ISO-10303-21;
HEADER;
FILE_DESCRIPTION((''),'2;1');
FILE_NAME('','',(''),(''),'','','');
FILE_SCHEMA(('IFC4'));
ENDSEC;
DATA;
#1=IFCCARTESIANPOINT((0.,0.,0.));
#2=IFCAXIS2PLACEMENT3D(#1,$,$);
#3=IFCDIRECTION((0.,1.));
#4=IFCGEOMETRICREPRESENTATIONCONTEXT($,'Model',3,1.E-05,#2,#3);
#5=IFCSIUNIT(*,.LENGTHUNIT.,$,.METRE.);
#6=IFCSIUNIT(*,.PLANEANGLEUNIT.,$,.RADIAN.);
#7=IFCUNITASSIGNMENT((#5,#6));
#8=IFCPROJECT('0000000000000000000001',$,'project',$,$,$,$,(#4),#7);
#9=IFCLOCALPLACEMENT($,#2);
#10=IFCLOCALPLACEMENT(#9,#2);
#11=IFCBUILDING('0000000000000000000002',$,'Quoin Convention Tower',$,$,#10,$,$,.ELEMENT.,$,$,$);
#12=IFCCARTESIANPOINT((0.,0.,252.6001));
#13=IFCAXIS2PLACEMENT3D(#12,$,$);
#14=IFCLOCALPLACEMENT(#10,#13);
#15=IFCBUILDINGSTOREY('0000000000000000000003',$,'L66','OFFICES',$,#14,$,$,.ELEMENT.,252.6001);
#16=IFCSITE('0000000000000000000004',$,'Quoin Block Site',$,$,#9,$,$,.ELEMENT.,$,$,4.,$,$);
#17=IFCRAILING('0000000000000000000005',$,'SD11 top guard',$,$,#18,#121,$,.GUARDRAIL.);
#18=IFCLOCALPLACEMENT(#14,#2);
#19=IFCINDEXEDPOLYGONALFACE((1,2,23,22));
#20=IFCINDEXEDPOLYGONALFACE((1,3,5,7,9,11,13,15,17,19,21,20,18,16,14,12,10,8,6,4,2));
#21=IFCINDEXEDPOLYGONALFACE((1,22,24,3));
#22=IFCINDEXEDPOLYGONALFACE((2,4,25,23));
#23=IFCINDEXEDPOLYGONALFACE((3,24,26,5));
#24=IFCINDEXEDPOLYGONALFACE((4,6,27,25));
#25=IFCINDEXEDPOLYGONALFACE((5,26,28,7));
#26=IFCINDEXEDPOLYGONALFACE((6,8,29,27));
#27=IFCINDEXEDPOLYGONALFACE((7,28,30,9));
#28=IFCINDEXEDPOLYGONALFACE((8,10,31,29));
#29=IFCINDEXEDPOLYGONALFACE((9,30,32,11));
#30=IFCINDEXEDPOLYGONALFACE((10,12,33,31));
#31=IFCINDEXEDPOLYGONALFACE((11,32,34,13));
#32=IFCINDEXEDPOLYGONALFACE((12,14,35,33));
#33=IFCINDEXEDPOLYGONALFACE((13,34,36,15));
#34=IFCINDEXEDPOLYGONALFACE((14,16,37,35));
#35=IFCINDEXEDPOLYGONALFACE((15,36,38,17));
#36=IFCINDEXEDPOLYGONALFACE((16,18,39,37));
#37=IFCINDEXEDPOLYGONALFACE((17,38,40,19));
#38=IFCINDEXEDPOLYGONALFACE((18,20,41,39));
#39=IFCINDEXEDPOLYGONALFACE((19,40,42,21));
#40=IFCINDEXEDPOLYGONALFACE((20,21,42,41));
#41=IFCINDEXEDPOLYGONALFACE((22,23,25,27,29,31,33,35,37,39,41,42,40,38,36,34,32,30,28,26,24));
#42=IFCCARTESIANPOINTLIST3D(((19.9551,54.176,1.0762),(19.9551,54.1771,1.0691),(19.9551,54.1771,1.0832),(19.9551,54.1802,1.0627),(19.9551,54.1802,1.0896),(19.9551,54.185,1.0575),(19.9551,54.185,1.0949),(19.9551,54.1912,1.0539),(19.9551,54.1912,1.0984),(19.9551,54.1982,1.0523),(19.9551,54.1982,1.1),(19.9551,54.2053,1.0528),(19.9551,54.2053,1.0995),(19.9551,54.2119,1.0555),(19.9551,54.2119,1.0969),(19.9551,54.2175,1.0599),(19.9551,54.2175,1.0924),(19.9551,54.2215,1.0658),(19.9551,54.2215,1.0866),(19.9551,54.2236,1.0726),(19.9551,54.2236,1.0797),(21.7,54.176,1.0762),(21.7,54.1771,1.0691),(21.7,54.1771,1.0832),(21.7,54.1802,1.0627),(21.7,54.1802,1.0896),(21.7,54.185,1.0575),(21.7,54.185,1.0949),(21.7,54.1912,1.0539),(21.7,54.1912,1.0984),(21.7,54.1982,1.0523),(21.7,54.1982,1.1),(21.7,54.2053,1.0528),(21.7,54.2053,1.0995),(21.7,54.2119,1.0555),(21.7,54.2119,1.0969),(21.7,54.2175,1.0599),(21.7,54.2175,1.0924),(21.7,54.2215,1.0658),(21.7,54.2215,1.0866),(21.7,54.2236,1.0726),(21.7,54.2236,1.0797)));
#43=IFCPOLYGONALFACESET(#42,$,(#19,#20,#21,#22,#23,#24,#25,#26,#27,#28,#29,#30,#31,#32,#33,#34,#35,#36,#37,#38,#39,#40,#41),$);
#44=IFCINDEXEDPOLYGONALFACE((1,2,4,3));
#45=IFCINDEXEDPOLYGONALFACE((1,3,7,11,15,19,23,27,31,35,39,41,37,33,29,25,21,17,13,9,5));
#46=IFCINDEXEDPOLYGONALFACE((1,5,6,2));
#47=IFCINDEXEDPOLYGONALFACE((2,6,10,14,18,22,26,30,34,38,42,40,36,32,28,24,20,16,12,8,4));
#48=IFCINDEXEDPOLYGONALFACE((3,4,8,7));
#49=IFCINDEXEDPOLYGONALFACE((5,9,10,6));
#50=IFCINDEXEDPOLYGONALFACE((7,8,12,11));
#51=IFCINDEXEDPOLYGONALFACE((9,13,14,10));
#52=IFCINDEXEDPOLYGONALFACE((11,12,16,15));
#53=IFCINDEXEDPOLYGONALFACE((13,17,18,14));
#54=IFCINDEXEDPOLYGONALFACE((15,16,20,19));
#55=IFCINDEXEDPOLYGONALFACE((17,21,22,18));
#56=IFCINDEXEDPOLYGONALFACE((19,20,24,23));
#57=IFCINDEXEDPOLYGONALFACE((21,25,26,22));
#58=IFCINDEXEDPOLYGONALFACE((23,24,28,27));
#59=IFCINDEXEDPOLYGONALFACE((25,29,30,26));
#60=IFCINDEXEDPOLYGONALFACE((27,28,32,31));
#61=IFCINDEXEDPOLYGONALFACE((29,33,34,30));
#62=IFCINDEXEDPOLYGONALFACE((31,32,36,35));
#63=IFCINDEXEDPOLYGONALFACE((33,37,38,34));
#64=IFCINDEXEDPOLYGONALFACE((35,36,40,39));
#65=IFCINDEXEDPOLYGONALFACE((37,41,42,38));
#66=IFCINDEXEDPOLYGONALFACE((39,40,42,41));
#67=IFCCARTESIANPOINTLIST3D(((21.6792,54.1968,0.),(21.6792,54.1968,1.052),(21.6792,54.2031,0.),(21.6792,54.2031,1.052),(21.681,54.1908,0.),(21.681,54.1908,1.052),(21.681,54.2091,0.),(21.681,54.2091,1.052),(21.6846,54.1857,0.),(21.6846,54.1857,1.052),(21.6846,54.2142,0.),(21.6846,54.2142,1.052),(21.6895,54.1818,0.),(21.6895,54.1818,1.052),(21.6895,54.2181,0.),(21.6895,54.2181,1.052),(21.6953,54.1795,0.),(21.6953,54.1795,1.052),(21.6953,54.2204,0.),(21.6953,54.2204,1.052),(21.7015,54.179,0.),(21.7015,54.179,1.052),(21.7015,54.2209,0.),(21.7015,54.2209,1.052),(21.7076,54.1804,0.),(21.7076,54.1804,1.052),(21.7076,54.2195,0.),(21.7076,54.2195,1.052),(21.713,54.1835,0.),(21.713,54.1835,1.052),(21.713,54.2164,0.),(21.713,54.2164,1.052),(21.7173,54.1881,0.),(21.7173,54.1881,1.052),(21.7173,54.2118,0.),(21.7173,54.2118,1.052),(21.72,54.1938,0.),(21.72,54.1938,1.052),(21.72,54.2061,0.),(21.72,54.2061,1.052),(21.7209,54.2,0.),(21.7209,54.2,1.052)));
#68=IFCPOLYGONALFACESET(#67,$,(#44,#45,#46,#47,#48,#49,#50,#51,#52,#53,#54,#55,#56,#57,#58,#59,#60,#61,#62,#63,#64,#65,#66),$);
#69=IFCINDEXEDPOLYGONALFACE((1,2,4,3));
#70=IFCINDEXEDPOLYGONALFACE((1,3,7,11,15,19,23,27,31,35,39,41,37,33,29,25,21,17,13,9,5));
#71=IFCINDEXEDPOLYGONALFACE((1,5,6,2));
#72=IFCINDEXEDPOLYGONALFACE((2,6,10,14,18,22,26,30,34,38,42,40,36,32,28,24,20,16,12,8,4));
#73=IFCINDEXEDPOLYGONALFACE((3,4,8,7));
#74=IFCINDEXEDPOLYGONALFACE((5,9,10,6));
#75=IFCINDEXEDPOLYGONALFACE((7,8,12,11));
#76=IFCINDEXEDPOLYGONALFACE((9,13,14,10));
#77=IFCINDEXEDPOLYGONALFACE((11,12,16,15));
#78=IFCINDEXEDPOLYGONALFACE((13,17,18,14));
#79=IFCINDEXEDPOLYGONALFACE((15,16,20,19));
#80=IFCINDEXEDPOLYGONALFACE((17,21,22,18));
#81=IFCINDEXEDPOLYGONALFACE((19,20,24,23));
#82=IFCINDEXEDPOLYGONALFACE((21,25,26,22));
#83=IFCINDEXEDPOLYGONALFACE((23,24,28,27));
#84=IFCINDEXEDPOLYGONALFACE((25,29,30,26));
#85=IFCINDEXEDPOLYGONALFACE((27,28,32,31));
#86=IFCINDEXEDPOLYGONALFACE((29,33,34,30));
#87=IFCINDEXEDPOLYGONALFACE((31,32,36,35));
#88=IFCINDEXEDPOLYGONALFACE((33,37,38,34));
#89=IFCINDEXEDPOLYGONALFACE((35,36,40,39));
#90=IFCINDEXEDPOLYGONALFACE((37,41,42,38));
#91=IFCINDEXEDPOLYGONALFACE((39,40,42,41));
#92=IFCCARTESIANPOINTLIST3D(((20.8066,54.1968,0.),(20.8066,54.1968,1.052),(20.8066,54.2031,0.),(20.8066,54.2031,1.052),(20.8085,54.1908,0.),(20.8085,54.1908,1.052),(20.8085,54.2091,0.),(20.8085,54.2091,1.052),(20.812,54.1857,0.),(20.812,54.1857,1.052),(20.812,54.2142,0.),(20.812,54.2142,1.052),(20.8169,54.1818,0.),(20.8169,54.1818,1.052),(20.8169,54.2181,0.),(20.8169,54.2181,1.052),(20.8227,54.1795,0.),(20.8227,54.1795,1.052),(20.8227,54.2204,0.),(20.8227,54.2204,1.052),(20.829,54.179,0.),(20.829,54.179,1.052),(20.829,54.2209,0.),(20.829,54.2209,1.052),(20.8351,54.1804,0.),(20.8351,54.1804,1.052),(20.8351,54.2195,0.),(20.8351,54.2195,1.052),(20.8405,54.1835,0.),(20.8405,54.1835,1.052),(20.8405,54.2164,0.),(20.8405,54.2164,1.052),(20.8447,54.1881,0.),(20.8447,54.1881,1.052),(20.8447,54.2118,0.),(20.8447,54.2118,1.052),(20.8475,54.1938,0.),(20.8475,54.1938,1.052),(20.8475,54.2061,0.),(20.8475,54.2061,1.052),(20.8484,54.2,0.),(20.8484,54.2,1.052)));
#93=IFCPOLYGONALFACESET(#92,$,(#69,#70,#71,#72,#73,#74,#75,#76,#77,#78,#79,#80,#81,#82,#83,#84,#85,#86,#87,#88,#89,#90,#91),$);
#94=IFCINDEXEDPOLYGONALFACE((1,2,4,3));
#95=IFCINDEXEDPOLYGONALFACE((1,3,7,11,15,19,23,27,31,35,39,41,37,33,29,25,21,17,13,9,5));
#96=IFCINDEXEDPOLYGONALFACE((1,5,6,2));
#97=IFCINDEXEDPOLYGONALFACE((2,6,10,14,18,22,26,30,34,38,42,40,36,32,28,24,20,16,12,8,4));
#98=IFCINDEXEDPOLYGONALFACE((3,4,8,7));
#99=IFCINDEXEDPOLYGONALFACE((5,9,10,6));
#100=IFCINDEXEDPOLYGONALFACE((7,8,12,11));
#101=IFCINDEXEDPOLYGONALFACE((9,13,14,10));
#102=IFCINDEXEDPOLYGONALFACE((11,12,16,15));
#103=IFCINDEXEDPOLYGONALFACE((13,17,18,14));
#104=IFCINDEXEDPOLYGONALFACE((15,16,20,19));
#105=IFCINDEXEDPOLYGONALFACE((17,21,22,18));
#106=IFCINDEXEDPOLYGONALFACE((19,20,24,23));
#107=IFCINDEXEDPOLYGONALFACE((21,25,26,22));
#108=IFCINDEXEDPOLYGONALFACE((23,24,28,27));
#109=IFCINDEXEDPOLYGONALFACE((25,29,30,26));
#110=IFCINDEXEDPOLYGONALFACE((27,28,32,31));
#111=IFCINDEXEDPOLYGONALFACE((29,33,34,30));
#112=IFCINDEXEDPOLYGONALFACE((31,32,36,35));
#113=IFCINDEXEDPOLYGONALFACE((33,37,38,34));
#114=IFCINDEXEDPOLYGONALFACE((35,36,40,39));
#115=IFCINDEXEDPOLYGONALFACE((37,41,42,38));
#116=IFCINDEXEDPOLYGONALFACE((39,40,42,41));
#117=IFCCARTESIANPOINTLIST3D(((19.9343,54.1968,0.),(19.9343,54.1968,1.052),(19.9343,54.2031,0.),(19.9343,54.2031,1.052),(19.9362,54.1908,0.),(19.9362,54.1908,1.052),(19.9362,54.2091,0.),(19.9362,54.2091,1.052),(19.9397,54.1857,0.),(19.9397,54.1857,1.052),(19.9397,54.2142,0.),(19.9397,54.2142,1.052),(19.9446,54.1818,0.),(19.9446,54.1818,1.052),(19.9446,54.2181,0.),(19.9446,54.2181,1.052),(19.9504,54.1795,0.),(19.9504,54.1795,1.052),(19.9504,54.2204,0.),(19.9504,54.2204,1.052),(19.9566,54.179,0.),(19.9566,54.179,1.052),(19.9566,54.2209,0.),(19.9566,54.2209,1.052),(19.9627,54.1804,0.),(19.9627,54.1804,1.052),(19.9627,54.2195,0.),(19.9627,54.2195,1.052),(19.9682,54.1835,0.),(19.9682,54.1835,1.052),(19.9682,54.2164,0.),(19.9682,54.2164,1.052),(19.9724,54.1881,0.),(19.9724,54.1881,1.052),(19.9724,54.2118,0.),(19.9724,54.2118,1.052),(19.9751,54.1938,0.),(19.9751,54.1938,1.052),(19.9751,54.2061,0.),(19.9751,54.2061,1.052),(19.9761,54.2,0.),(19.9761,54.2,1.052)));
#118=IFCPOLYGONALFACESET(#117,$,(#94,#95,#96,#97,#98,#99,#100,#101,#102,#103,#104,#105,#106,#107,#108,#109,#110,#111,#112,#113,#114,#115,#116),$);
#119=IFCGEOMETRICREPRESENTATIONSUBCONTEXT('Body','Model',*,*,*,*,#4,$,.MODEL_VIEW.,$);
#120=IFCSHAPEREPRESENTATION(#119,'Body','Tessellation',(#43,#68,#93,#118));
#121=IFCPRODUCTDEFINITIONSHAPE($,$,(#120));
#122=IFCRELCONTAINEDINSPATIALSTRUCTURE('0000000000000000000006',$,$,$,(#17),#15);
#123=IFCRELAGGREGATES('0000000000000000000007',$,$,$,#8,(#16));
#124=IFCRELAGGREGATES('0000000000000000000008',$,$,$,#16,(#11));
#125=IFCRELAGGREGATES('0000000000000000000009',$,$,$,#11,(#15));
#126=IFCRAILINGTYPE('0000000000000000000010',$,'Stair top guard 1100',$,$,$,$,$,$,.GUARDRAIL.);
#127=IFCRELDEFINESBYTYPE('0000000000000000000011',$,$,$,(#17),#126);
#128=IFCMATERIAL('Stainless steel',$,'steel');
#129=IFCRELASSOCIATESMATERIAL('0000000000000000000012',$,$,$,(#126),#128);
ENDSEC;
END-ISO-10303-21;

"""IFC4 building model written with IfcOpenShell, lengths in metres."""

from ifc_helpers import new_model, si_unit, direction, frame, origin, origin_2d, place, context, subcontext, project, spatial, circle, extrude, material, type_object, element, save


model = new_model("IFC4")

# Units and contexts
model_context = context("Model", 3, precision=1e-05, world=origin(), true_north=direction((0.0, 1.0)))
body_context = subcontext(model_context, "Body", "Model", "MODEL_VIEW")
ifc_project = project(units=[si_unit("LENGTHUNIT", "METRE"), si_unit("PLANEANGLEUNIT", "RADIAN")], contexts=[model_context])

# Site, building, storey
site_placement = place(None, origin())
site = spatial("IfcSite", under=ifc_project, at=site_placement, Name="Quoin Block Site", CompositionType="ELEMENT", RefElevation=4.0)
building_placement = place(site_placement, origin())
building = spatial("IfcBuilding", under=site, at=building_placement, Name="Quoin Convention Tower", CompositionType="ELEMENT")
storey_placement = place(building_placement, frame((0.0, 0.0, 252.6001)))
storey = spatial("IfcBuildingStorey", under=building, at=storey_placement, Name="L66", Description="OFFICES", CompositionType="ELEMENT", Elevation=252.6001)

# Railing
ifc_material_1 = material(Name="Stainless steel", Category="steel")
railing_type_1 = type_object("IfcRailingType", Name="Stair top guard 1100", PredefinedType="GUARDRAIL", material=ifc_material_1)
railing_1_placement = place(storey_placement, frame((21.7, 54.2, 0.0)))
element("IfcRailing", 1, at=railing_1_placement, inside=storey, type_object=railing_type_1, Name="SD11 top guard", PredefinedType="GUARDRAIL", context=body_context, shape_type="SweptSolid", body=[
    extrude(circle(Radius=0.0239, at=origin_2d()), frame((0.0, 0.0, 1.0762), z_axis=(-1.0, 0.0, 0.0), x_axis=(0.0, -1.0, 0.0)), (0.0, 0.0, 1.0), 1.7449),
    extrude(circle(Radius=0.021, at=origin_2d()), origin(), (0.0, 0.0, 1.0), 1.052),
    extrude(circle(Radius=0.021, at=origin_2d()), frame((-0.8726, 0.0, 0.0)), (0.0, 0.0, 1.0), 1.052),
    extrude(circle(Radius=0.021, at=origin_2d()), frame((-1.7449, 0.0, 0.0)), (0.0, 0.0, 1.0), 1.052),
])

save(model, "model.ifc")
